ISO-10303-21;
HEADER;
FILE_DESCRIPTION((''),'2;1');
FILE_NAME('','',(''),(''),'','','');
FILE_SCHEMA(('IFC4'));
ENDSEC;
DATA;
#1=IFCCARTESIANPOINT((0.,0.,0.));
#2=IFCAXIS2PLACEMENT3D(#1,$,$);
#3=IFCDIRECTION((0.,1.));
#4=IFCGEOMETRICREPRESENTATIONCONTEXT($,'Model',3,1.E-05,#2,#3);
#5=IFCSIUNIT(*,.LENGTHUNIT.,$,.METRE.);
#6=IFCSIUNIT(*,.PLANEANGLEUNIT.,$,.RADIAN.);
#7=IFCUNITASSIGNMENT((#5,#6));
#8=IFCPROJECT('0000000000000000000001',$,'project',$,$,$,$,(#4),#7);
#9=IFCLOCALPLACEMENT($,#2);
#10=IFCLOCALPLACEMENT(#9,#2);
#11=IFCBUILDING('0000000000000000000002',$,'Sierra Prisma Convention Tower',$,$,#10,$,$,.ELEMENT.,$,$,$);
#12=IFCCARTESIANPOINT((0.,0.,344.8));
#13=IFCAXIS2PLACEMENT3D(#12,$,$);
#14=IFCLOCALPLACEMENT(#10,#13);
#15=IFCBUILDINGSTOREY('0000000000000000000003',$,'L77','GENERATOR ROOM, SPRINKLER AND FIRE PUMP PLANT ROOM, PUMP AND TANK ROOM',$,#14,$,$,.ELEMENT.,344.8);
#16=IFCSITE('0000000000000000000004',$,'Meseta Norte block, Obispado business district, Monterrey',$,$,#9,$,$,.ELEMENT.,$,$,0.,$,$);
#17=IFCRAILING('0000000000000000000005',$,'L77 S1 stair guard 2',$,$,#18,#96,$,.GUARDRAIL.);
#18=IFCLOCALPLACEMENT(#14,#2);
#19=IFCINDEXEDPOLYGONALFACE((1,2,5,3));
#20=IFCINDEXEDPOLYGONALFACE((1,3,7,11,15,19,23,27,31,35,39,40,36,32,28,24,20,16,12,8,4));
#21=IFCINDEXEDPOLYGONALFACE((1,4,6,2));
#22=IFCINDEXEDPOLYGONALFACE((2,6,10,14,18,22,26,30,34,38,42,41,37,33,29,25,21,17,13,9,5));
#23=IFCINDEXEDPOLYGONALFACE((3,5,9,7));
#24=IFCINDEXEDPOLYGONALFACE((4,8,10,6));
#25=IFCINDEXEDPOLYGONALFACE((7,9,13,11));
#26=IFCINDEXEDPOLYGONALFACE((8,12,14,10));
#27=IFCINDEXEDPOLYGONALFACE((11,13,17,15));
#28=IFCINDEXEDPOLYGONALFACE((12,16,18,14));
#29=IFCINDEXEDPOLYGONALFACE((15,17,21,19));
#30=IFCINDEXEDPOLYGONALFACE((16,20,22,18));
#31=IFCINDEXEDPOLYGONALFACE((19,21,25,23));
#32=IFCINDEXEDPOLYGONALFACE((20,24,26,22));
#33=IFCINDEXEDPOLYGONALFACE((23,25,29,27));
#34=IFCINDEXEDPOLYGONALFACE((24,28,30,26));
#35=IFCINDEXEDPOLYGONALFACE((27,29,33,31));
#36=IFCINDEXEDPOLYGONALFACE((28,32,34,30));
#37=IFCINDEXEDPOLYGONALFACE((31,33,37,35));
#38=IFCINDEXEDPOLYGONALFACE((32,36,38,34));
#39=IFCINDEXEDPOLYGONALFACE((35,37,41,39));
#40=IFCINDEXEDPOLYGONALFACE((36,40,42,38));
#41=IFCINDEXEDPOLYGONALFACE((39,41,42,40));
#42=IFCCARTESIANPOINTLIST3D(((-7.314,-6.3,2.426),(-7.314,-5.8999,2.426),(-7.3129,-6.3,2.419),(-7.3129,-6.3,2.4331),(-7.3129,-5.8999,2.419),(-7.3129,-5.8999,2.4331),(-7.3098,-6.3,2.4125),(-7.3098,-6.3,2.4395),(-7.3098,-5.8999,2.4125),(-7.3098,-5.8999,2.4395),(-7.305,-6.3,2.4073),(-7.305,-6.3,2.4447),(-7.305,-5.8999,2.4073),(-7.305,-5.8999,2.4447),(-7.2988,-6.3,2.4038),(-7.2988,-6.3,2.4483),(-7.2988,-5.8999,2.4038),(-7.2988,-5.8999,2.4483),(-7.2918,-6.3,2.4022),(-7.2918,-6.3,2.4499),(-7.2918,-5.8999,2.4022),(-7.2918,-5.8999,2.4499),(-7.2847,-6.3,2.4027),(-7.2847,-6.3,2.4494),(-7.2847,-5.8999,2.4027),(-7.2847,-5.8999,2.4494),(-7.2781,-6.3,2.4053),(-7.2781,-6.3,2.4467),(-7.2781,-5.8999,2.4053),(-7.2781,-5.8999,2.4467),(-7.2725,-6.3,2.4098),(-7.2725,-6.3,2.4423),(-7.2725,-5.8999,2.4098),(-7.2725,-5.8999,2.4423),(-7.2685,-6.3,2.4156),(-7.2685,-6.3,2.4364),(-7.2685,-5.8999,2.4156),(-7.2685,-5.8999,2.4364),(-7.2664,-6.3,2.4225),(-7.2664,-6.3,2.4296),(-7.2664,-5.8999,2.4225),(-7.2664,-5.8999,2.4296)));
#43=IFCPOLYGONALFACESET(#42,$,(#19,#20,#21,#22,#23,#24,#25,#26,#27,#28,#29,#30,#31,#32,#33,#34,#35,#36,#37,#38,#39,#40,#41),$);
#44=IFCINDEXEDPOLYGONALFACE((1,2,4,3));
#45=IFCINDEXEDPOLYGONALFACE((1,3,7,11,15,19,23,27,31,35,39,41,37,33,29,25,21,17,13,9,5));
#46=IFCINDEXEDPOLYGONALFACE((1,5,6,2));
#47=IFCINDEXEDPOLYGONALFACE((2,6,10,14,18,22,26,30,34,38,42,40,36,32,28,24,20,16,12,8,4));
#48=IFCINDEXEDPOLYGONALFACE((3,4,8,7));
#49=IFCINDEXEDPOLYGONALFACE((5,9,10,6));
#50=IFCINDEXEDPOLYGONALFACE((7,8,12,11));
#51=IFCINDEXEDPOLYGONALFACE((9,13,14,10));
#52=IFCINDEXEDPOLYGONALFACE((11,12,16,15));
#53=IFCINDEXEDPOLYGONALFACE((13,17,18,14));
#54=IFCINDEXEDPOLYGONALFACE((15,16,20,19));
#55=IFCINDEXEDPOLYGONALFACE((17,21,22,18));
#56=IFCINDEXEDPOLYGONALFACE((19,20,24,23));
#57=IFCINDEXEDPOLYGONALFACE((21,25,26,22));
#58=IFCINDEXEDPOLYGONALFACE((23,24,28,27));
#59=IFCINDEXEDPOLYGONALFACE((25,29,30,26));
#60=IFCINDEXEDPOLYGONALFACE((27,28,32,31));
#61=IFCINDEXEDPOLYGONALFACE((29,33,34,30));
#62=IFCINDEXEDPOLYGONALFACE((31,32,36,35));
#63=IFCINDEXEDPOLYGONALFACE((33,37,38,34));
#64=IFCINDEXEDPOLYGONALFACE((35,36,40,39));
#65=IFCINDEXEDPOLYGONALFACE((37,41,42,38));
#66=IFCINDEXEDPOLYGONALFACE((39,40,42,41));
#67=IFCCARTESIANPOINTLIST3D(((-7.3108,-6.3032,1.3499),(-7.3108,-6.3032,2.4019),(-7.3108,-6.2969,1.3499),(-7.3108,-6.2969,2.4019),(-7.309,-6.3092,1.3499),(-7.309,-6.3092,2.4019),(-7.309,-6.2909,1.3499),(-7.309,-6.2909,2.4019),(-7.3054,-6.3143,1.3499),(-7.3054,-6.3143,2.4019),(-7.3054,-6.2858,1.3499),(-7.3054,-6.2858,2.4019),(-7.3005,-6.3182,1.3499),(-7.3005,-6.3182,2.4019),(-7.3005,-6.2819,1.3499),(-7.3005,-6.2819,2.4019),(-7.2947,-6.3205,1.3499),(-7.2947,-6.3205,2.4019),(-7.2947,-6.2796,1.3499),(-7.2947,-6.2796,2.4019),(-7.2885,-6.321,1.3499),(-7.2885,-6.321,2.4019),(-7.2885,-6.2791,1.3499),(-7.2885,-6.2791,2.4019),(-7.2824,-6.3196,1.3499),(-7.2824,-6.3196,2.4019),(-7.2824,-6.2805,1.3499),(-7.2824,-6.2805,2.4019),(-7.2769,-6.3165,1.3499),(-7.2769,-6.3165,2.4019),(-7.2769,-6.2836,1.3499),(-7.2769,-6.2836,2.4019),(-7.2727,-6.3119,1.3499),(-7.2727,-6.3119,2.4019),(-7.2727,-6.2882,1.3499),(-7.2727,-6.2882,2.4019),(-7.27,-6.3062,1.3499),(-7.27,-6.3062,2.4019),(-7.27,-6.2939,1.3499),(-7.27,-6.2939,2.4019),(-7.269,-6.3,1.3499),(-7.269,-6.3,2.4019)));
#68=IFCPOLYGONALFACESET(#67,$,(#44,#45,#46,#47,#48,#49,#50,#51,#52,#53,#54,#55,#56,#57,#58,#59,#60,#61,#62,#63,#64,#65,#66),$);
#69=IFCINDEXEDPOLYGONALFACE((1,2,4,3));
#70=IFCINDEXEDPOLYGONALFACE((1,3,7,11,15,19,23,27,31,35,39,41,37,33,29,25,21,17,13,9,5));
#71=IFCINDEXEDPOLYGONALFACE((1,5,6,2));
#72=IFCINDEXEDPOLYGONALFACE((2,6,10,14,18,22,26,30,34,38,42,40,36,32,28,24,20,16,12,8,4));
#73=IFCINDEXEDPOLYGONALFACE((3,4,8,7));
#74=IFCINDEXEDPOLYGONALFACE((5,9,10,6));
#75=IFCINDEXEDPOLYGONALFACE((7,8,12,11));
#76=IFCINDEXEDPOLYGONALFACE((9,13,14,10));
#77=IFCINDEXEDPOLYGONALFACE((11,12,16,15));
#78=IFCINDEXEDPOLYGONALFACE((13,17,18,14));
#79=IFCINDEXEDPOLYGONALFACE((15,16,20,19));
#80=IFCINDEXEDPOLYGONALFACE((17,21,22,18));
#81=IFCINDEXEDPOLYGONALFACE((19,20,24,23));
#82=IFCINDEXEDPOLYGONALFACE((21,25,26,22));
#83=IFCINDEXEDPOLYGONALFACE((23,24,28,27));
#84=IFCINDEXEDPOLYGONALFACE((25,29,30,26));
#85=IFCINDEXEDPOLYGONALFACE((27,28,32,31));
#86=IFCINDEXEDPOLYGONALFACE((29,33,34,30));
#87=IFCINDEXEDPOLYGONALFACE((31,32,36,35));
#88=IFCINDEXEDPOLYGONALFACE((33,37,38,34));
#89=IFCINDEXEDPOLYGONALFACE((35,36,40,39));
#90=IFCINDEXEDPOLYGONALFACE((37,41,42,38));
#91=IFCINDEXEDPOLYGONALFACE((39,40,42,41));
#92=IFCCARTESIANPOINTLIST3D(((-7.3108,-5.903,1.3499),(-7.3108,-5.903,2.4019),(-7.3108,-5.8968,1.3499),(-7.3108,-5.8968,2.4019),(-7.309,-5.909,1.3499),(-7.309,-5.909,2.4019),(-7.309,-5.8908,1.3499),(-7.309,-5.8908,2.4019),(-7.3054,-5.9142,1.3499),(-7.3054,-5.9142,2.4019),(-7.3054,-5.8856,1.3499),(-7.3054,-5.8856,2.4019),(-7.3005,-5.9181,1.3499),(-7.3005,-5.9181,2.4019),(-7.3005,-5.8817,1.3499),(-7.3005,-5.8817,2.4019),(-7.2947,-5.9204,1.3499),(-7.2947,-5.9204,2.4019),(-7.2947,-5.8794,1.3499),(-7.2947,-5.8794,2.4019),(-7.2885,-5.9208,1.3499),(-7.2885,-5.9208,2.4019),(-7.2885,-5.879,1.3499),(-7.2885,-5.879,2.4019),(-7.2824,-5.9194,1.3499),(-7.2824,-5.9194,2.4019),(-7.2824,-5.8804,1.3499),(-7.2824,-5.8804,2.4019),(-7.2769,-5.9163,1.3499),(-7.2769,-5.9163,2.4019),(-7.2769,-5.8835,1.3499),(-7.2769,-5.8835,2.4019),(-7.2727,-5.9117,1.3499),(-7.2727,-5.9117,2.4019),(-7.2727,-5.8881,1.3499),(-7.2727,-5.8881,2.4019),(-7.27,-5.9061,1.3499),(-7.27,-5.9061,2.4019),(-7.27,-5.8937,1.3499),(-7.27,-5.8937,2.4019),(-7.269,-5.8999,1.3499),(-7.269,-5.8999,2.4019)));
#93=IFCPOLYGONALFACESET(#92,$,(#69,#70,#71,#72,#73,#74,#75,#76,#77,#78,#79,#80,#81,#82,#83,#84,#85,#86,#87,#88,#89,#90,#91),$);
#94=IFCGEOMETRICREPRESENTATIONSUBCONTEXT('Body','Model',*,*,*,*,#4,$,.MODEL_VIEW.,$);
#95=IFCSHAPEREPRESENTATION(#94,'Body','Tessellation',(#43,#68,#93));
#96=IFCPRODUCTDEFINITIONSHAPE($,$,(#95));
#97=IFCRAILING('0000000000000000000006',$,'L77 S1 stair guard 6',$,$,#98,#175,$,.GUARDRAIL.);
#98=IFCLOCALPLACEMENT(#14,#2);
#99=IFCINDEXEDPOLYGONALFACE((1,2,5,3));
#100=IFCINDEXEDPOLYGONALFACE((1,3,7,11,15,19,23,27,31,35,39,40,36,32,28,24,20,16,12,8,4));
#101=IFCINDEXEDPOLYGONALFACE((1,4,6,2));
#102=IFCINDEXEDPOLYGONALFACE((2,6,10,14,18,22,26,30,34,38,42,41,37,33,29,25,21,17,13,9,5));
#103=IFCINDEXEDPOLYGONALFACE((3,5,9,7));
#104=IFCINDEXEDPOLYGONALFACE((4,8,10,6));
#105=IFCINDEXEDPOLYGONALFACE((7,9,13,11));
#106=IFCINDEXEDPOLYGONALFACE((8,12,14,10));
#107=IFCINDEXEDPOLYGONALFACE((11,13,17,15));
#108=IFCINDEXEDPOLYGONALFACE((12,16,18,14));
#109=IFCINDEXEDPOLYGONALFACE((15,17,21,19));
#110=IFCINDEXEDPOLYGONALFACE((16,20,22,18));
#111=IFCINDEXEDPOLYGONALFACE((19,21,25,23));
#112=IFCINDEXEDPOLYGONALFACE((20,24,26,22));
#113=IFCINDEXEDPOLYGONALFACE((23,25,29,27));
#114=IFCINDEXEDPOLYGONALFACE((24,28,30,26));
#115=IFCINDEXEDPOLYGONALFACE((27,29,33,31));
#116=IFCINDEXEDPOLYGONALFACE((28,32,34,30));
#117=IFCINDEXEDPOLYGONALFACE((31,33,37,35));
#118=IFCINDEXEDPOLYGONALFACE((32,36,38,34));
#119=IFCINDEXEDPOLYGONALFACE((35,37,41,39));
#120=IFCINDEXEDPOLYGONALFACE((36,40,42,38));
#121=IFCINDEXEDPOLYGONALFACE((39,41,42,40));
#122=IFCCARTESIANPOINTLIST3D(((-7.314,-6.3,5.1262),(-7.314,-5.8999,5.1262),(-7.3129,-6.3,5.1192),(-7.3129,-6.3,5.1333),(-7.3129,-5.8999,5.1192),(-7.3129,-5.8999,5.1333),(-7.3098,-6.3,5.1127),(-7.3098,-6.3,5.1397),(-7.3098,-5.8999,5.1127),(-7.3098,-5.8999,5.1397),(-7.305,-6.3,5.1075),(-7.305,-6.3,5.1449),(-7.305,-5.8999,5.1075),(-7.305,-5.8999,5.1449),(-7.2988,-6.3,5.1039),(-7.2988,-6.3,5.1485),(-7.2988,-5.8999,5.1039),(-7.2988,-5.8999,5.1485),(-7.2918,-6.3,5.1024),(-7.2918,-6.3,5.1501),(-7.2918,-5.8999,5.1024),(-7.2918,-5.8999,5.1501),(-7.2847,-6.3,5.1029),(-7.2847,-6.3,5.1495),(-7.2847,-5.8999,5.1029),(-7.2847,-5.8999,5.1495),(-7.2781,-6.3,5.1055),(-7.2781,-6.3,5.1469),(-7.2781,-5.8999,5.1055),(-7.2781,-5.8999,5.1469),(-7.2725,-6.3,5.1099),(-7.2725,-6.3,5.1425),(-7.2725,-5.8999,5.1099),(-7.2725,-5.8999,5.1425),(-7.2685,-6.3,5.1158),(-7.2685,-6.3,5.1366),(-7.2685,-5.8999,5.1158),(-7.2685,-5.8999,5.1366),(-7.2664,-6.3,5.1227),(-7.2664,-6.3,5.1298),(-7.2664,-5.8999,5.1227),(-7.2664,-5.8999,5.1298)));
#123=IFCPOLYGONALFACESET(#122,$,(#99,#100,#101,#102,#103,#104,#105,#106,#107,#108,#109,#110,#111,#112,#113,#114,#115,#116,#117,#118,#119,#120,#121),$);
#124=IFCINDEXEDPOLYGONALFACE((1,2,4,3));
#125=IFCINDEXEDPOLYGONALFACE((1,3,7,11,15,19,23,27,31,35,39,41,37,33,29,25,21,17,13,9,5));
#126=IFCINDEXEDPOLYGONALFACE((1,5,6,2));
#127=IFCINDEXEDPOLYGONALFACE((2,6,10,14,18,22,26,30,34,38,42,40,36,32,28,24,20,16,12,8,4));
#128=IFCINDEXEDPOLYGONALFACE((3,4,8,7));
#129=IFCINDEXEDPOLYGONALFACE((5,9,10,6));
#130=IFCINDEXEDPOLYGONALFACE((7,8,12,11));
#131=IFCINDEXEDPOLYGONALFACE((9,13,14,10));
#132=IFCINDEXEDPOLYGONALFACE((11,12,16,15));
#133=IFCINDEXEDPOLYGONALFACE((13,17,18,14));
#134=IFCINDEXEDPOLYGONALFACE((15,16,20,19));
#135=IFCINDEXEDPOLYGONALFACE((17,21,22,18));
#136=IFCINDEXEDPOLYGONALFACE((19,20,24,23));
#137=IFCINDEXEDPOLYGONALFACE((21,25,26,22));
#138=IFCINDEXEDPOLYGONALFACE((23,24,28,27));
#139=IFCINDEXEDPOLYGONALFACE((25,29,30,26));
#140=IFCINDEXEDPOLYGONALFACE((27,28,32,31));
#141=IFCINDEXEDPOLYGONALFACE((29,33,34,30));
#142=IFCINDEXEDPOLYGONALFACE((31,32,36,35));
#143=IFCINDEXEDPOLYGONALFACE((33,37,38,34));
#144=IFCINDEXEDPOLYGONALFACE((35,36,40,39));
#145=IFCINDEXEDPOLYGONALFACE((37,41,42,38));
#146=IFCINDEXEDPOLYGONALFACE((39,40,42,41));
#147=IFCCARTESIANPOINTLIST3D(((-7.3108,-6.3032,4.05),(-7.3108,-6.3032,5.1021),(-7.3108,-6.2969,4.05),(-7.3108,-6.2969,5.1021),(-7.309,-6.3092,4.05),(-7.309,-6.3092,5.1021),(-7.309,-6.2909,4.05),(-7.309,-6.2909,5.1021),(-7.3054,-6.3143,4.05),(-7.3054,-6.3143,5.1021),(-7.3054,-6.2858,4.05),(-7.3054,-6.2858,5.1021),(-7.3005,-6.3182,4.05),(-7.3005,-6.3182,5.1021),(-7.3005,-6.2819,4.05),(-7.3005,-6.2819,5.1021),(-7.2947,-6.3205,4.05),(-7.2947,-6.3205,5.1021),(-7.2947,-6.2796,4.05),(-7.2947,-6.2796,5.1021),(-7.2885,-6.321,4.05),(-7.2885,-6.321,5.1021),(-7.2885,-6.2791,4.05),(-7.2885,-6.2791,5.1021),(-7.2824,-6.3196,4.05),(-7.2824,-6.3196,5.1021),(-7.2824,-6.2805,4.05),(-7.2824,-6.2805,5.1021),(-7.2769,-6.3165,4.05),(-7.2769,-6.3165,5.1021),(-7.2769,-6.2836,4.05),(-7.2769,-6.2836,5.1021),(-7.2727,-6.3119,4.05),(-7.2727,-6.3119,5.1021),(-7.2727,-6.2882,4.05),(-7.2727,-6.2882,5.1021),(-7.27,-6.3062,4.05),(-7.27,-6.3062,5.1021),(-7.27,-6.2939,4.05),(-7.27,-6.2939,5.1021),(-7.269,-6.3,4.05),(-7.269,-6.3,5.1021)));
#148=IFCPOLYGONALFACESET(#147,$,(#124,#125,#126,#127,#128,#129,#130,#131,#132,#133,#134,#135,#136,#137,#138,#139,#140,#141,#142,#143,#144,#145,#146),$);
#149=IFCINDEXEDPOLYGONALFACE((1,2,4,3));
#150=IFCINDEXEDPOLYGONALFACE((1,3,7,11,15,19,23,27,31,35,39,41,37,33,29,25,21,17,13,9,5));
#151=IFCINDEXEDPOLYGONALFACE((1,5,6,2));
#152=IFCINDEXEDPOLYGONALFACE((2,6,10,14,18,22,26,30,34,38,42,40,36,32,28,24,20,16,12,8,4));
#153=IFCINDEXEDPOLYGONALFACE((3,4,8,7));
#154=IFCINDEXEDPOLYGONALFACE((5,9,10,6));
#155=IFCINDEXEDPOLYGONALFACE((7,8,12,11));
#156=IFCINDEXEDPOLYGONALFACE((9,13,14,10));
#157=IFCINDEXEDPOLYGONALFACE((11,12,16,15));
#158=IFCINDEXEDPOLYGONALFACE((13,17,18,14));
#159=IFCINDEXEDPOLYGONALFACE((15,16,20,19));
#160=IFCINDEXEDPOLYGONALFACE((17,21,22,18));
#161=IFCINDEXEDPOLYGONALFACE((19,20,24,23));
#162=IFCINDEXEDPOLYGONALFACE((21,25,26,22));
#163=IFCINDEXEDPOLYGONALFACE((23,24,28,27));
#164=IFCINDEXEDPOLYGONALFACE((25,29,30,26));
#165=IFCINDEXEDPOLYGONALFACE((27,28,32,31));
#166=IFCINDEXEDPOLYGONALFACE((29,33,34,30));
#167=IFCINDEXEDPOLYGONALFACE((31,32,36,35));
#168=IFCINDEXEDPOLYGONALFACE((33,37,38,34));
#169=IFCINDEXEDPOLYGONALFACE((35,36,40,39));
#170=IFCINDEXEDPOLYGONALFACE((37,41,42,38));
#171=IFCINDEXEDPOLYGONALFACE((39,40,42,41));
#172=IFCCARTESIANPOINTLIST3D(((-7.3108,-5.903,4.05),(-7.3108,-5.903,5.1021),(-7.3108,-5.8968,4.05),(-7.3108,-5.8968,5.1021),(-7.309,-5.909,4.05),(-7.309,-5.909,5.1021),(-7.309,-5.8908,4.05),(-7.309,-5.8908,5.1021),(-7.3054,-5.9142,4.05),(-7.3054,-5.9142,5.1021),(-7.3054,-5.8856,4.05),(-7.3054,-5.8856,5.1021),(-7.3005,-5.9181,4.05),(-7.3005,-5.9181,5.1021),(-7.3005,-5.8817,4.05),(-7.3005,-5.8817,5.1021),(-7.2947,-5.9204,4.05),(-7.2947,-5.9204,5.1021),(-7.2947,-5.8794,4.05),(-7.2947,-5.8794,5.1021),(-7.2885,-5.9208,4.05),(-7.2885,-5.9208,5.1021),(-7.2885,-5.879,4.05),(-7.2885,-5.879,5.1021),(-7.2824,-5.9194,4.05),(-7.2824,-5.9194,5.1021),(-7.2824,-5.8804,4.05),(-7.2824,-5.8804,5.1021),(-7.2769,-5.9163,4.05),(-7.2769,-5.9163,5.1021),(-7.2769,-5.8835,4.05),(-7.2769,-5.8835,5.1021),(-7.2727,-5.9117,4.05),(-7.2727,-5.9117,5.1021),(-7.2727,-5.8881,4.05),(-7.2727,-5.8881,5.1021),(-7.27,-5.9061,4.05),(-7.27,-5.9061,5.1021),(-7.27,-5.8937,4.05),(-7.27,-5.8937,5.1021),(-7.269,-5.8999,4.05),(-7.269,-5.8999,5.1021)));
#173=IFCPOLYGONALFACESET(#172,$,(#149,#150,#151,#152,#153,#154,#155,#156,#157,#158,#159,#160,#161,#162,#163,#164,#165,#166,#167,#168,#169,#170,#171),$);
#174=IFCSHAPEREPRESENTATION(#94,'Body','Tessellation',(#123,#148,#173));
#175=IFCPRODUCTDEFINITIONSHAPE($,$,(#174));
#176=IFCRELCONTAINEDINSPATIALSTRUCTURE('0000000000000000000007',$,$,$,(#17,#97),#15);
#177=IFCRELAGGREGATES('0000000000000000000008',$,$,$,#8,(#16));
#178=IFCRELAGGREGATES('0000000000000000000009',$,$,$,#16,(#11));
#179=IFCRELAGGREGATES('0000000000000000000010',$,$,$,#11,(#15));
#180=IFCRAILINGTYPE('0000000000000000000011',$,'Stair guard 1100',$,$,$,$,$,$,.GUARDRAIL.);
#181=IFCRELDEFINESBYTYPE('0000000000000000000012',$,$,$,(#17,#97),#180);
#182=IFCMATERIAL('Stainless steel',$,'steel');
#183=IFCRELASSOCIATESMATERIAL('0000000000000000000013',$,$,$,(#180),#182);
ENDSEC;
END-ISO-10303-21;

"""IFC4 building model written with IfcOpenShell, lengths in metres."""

from ifc_helpers import new_model, si_unit, direction, frame, origin, origin_2d, place, context, subcontext, project, spatial, circle, extrude, material, type_object, element, save


model = new_model("IFC4")

# Units and contexts
model_context = context("Model", 3, precision=1e-05, world=origin(), true_north=direction((0.0, 1.0)))
body_context = subcontext(model_context, "Body", "Model", "MODEL_VIEW")
ifc_project = project(units=[si_unit("LENGTHUNIT", "METRE"), si_unit("PLANEANGLEUNIT", "RADIAN")], contexts=[model_context])

# Site, building, storey
site_placement = place(None, origin())
site = spatial("IfcSite", under=ifc_project, at=site_placement, Name="Meseta Norte block, Obispado business district, Monterrey", CompositionType="ELEMENT", RefElevation=0.0)
building_placement = place(site_placement, origin())
building = spatial("IfcBuilding", under=site, at=building_placement, Name="Sierra Prisma Convention Tower", CompositionType="ELEMENT")
storey_placement = place(building_placement, frame((0.0, 0.0, 344.8)))
storey = spatial("IfcBuildingStorey", under=building, at=storey_placement, Name="L77", Description="GENERATOR ROOM, SPRINKLER AND FIRE PUMP PLANT ROOM, PUMP AND TANK ROOM", CompositionType="ELEMENT", Elevation=344.8)

# Railings
ifc_material_1 = material(Name="Stainless steel", Category="steel")
railing_type_1 = type_object("IfcRailingType", Name="Stair guard 1100", PredefinedType="GUARDRAIL", material=ifc_material_1)
for number, where, name in (
    (1, (-7.29, -6.3, 1.3499), "L77 S1 stair guard 2"),
    (2, (-7.29, -6.3, 4.05), "L77 S1 stair guard 6"),
):
    element("IfcRailing", number, at=place(storey_placement, frame(where)), inside=storey, type_object=railing_type_1, Name=name, PredefinedType="GUARDRAIL", context=body_context, shape_type="SweptSolid", body=[
        extrude(circle(Radius=0.0239, at=origin_2d()), frame((0.0, 0.0, 1.0762), z_axis=(0.0, 1.0, 0.0), x_axis=(-1.0, 0.0, 0.0)), (0.0, 0.0, 1.0), 0.4001),
        extrude(circle(Radius=0.021, at=origin_2d()), origin(), (0.0, 0.0, 1.0), 1.052),
        extrude(circle(Radius=0.021, at=origin_2d()), frame((0.0, 0.4001, 0.0)), (0.0, 0.0, 1.0), 1.052),
    ])

save(model, "model.ifc")
